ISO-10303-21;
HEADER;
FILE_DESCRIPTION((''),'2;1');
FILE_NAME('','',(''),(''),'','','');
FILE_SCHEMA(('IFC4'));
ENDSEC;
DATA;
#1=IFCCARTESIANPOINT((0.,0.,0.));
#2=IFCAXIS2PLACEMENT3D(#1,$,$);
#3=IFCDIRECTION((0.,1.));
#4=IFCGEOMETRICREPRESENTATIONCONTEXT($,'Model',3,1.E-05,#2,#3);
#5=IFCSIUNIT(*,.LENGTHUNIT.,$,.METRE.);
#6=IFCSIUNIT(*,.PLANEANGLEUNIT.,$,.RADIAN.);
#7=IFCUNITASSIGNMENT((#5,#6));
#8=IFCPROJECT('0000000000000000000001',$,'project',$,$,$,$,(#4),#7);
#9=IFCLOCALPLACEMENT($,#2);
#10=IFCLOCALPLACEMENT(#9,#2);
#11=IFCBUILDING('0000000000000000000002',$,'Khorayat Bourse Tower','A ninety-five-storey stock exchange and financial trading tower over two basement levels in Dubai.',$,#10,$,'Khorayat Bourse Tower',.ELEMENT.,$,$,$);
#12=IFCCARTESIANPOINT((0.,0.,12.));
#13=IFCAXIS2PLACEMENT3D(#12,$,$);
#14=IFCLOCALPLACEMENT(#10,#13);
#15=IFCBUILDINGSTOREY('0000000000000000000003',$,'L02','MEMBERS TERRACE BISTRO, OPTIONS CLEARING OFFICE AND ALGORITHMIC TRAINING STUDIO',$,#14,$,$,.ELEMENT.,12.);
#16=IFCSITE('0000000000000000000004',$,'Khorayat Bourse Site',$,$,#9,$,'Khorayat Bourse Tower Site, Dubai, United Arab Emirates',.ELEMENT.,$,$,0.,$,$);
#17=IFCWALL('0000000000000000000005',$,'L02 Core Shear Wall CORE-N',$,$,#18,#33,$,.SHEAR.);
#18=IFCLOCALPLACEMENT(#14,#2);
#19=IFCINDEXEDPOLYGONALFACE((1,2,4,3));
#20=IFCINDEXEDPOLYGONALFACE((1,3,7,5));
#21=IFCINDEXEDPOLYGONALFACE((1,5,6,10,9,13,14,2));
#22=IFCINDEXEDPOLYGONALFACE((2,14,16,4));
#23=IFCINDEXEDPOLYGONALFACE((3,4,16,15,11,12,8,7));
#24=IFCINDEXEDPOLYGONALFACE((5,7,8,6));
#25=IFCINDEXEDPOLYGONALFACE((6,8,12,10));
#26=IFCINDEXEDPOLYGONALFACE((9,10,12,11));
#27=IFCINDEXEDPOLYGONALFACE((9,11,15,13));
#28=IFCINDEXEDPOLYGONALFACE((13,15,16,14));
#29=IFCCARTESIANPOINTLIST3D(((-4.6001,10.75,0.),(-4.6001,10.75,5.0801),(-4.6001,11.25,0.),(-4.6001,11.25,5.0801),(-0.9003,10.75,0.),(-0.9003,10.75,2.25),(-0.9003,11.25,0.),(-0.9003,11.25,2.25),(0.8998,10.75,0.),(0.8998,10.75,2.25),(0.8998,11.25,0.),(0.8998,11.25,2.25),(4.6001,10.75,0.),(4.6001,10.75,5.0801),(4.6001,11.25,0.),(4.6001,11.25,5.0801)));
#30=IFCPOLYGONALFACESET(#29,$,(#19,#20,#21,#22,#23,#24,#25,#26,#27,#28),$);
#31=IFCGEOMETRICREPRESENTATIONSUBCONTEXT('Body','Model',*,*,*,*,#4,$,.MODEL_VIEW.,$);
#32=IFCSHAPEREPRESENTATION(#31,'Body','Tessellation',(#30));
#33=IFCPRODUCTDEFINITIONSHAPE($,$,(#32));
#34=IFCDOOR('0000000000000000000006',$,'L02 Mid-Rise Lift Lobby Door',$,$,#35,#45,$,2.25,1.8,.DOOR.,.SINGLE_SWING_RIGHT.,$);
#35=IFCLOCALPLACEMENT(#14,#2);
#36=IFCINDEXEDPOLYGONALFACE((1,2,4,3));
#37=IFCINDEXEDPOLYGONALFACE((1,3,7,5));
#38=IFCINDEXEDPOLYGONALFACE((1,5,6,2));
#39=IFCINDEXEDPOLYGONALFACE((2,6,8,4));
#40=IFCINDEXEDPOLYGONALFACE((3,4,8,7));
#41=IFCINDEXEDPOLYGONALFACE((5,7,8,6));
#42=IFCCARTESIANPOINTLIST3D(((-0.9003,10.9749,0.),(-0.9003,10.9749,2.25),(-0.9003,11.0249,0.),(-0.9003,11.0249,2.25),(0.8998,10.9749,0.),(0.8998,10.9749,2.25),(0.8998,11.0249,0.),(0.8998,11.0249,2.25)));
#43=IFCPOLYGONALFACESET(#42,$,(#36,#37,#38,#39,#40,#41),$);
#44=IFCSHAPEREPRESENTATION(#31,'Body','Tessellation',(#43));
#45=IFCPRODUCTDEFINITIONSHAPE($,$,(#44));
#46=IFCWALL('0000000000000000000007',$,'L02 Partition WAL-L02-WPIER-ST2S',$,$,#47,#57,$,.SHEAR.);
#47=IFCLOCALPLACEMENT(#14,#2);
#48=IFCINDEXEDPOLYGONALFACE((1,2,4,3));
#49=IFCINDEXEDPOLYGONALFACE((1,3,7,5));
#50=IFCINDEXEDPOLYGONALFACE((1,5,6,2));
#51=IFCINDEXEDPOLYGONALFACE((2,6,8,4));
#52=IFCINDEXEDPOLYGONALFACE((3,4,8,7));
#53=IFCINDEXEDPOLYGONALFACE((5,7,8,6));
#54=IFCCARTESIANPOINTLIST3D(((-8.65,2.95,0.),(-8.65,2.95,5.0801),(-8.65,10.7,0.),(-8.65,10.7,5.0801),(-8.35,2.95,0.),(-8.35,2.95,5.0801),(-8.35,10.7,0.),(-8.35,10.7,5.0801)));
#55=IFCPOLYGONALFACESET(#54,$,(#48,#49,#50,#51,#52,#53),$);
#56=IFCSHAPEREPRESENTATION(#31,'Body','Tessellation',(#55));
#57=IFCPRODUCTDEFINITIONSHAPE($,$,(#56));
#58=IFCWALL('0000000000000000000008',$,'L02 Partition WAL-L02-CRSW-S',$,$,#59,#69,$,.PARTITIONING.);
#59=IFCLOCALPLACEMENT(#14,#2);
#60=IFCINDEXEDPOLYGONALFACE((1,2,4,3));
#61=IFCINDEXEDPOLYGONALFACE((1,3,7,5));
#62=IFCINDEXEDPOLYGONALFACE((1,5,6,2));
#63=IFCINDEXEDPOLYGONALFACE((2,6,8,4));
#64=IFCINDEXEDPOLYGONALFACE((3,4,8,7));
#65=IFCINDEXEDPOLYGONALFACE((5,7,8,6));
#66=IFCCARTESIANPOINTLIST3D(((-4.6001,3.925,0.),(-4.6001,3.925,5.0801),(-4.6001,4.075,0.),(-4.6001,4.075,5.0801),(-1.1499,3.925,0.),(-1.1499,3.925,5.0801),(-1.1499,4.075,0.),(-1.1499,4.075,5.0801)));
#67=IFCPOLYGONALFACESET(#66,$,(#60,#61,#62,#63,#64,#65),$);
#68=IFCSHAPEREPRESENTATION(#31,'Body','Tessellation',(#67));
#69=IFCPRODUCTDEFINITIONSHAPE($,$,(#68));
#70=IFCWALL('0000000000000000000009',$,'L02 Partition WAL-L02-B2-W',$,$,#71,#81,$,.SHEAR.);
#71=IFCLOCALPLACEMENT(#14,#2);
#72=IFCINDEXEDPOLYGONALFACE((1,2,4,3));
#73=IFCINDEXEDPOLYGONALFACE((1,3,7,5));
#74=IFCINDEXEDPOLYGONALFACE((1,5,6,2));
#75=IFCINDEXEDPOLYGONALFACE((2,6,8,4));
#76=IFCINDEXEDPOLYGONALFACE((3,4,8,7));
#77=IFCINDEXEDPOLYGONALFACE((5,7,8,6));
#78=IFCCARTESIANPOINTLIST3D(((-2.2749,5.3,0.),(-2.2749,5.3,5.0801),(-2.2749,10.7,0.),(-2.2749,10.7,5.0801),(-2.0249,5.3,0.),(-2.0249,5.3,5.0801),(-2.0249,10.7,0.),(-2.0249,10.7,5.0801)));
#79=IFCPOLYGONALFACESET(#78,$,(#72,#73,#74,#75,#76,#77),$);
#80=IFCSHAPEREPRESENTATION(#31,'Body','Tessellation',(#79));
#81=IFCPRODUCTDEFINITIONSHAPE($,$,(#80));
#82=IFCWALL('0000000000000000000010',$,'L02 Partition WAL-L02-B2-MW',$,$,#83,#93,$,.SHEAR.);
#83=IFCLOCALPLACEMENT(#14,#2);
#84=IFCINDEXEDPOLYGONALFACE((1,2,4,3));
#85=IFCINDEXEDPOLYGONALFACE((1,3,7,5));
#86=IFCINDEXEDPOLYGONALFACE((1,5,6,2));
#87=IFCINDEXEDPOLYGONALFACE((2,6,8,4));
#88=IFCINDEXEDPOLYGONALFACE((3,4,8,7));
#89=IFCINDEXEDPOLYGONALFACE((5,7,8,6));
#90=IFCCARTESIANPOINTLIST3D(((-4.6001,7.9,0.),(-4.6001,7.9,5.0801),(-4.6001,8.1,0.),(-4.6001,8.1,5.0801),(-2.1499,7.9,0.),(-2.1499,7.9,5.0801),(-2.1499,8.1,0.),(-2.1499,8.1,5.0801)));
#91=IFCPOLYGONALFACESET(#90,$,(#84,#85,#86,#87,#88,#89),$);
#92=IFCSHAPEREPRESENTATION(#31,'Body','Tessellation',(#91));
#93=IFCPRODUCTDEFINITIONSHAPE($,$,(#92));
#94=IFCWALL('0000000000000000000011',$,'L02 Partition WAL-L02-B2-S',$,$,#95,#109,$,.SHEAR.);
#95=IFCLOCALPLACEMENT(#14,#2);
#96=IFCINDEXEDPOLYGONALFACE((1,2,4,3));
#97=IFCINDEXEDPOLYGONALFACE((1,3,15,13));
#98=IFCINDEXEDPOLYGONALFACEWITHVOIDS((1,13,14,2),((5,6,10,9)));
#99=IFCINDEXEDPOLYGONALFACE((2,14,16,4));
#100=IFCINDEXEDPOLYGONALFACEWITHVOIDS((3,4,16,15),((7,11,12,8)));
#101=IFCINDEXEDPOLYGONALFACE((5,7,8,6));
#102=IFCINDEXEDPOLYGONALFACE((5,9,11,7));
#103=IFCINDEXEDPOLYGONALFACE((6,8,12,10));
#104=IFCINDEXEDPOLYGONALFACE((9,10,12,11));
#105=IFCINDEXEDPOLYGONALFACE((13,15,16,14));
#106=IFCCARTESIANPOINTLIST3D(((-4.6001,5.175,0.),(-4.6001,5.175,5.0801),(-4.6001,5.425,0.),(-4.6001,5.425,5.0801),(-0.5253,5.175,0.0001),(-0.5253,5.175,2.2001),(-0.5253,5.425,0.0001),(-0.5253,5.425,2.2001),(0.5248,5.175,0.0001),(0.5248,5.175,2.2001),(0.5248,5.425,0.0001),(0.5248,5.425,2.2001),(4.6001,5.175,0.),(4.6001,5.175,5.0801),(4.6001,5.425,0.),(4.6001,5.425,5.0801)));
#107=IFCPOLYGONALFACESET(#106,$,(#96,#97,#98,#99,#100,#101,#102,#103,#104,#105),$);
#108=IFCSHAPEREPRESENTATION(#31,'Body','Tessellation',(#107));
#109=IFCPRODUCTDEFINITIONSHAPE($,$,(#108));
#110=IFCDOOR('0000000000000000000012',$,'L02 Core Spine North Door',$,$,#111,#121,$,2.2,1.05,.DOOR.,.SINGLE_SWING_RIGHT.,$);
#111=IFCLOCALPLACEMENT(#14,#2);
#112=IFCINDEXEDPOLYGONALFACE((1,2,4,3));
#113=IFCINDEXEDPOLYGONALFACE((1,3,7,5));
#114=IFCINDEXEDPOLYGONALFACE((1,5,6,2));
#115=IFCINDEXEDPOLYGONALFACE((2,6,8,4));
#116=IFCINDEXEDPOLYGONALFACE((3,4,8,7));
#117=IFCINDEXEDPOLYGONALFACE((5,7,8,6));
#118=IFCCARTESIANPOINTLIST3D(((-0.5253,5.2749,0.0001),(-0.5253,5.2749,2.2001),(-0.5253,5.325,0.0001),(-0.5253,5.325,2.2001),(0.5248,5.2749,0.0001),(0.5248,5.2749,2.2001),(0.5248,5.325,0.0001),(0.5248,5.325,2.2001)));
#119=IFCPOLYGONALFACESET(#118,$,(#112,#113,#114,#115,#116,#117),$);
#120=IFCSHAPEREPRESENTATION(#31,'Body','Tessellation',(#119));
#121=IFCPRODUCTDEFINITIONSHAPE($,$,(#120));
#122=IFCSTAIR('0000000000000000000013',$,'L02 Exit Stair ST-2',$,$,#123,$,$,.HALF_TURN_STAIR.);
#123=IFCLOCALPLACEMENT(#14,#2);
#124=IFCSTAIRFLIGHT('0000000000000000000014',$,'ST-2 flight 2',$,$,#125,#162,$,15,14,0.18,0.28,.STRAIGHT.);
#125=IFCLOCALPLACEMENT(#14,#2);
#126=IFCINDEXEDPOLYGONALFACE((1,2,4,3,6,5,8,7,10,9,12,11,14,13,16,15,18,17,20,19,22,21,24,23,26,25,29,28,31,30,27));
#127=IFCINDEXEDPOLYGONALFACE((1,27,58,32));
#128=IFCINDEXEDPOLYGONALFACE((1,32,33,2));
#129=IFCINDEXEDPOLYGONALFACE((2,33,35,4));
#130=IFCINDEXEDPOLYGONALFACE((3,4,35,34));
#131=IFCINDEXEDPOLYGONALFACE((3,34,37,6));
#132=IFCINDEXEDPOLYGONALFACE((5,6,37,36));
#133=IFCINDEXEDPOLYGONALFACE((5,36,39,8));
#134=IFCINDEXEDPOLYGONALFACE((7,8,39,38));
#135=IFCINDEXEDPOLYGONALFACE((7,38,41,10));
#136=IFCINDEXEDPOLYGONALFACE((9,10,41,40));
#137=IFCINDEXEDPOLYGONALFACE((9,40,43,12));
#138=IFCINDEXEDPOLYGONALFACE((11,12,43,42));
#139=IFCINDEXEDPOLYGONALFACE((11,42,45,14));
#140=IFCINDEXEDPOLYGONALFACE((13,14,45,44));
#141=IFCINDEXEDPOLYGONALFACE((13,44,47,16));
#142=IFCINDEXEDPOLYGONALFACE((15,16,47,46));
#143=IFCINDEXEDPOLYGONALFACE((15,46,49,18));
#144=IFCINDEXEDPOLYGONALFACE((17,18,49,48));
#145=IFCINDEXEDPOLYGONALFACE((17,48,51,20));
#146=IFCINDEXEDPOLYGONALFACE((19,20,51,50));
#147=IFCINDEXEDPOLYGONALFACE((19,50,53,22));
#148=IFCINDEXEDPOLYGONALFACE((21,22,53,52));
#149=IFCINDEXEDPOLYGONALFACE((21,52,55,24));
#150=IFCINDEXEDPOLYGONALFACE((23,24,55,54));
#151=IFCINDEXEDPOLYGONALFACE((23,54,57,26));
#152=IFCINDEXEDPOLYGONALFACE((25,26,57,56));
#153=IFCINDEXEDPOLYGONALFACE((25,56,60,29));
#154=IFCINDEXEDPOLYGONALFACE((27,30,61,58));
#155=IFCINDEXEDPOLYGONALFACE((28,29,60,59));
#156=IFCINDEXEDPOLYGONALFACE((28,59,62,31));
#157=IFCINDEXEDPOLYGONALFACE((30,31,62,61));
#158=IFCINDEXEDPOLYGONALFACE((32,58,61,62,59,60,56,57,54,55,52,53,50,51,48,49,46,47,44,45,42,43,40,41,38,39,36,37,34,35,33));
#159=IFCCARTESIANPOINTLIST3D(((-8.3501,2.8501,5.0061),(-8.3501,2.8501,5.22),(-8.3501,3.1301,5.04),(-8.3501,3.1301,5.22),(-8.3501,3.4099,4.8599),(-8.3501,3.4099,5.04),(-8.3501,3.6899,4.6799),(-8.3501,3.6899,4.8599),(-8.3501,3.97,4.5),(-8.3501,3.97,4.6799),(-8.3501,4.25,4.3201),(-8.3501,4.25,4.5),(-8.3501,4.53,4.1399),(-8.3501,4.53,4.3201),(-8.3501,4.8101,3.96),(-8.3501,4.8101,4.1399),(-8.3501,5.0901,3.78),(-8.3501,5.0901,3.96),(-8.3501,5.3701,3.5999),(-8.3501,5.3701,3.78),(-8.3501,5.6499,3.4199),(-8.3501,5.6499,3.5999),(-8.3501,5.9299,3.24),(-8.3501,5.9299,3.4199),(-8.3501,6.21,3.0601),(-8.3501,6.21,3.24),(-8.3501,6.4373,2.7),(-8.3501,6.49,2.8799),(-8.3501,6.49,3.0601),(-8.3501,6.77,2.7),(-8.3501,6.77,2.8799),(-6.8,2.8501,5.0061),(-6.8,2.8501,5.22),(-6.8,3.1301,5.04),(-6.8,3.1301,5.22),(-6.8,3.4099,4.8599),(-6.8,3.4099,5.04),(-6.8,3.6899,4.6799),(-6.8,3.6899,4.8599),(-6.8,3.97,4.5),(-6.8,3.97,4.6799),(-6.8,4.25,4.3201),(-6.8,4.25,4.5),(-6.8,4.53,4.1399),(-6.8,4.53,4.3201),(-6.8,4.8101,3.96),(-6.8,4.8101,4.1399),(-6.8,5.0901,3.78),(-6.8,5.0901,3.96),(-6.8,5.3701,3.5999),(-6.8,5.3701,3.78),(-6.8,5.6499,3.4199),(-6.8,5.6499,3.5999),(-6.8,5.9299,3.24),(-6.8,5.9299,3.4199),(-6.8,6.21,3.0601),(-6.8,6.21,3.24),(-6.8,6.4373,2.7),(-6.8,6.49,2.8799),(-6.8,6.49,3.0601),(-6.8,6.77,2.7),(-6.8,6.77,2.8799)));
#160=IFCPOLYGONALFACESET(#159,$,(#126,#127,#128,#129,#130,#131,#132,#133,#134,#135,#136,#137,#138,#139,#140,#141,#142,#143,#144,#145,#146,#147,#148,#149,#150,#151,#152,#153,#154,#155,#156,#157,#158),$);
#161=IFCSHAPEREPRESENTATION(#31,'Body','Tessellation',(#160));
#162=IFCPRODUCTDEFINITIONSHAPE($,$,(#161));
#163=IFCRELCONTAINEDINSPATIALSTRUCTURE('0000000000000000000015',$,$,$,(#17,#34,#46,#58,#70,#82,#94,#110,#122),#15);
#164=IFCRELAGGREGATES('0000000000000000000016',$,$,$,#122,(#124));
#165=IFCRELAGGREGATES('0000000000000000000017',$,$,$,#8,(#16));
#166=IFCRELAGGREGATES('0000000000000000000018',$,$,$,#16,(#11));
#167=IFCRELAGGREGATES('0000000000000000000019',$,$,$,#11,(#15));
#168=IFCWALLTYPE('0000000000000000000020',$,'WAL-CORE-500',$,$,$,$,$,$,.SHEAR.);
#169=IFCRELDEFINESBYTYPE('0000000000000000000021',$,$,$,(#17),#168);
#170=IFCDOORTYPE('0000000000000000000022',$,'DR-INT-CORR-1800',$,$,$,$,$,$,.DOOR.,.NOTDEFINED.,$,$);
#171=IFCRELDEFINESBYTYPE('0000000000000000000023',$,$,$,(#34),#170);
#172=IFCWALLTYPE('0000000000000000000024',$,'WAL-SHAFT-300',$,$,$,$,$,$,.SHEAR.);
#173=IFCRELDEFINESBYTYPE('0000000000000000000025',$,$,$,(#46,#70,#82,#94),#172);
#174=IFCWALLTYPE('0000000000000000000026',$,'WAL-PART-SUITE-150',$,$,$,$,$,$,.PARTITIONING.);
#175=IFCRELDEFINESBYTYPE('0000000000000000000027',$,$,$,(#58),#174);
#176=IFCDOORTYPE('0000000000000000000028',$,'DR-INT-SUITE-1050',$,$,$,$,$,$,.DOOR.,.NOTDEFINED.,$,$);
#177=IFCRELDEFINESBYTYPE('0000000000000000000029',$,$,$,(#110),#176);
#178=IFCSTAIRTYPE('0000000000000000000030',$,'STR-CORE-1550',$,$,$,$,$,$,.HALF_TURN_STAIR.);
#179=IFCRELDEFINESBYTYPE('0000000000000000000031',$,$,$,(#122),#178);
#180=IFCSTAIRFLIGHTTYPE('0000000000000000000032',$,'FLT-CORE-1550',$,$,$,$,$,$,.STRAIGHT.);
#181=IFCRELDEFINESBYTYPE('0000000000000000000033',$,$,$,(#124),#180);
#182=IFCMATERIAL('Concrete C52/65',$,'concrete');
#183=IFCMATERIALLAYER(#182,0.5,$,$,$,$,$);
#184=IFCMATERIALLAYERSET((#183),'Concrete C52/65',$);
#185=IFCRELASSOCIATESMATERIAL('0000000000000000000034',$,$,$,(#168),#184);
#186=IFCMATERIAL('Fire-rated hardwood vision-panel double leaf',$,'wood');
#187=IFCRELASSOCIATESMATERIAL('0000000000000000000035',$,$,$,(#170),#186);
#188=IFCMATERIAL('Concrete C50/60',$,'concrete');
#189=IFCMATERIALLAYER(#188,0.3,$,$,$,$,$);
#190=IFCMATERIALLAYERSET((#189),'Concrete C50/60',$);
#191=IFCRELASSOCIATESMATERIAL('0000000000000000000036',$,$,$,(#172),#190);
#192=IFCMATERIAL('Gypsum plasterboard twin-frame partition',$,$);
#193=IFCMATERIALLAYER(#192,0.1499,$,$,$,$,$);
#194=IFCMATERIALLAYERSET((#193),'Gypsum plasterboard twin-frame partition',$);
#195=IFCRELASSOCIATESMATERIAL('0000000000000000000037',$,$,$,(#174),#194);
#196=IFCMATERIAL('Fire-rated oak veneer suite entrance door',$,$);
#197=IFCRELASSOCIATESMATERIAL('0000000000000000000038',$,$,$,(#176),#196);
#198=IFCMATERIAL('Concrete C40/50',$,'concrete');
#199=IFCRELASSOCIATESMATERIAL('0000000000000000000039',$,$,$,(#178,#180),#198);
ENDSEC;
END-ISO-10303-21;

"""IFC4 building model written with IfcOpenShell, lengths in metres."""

from ifc_helpers import new_model, si_unit, direction, frame, frame_2d, origin, place, context, subcontext, project, spatial, polyline, rectangle, outline, extrude, source, transform, mapped, material, layer, layer_set, type_object, element, fill, aggregate, save


model = new_model("IFC4")

# Units and contexts
model_context = context("Model", 3, precision=1e-05, world=origin(), true_north=direction((0.0, 1.0)))
body_context = subcontext(model_context, "Body", "Model", "MODEL_VIEW")
ifc_project = project(units=[si_unit("LENGTHUNIT", "METRE"), si_unit("PLANEANGLEUNIT", "RADIAN")], contexts=[model_context])

# Site, building, storey
site_placement = place(None, origin())
site = spatial("IfcSite", under=ifc_project, at=site_placement, Name="Khorayat Bourse Site", LongName="Khorayat Bourse Tower Site, Dubai, United Arab Emirates", CompositionType="ELEMENT", RefElevation=0.0)
building_placement = place(site_placement, origin())
building = spatial("IfcBuilding", under=site, at=building_placement, Name="Khorayat Bourse Tower", Description="A ninety-five-storey stock exchange and financial trading tower over two basement levels in Dubai.", LongName="Khorayat Bourse Tower", CompositionType="ELEMENT")
storey_placement = place(building_placement, frame((0.0, 0.0, 12.0)))
storey = spatial("IfcBuildingStorey", under=building, at=storey_placement, Name="L02", Description="MEMBERS TERRACE BISTRO, OPTIONS CLEARING OFFICE AND ALGORITHMIC TRAINING STUDIO", CompositionType="ELEMENT", Elevation=12.0)

# Wall, opening, door
ifc_material_1 = material(Name="Concrete C52/65", Category="concrete")
ifc_layer_1 = layer(ifc_material_1, 0.5)
ifc_layer_set_1 = layer_set([ifc_layer_1], Name="Concrete C52/65")
wall_type_1 = type_object("IfcWallType", Name="WAL-CORE-500", PredefinedType="SHEAR", material=ifc_layer_set_1)
shared_shape_1 = source(origin(), body_context, "Body", "SweptSolid", [
    extrude(rectangle(XDim=9.2002, YDim=0.5, at=frame_2d((4.6001, 0.0))), origin(), (0.0, 0.0, 1.0), 5.0801),
])
wall_1_placement = place(storey_placement, frame((-4.6001, 11.0, 0.0), z_axis=(0.0, 0.0, 1.0), x_axis=(1.0, 0.0, 0.0)))
wall_1 = element("IfcWall", 1, at=wall_1_placement, inside=storey, type_object=wall_type_1, Name="L02 Core Shear Wall CORE-N", PredefinedType="SHEAR", context=body_context, shape_type="MappedRepresentation", body=[
    mapped(shared_shape_1, transform((0.0, 0.0, 0.0), scale=1.0)),
])
shared_shape_2 = source(origin(), body_context, "Body", "SweptSolid", [
    extrude(rectangle(XDim=1.8, YDim=2.25, at=frame_2d((0.8999, 1.125))), frame((0.0, 0.26, 0.0), z_axis=(0.0, -1.0, 0.0), x_axis=(1.0, 0.0, 0.0)), (0.0, 0.0, 1.0), 0.52),
])
opening_1_placement = place(wall_1_placement, frame((3.7, 0.0, 0.0)))
opening_1 = element("IfcOpeningElement", 2, at=opening_1_placement, cuts=wall_1, PredefinedType="OPENING", context=body_context, shape_type="MappedRepresentation", body=[
    mapped(shared_shape_2, transform((0.0, 0.0, 0.0), scale=1.0)),
])
ifc_material_2 = material(Name="Fire-rated hardwood vision-panel double leaf", Category="wood")
door_type_1 = type_object("IfcDoorType", Name="DR-INT-CORR-1800", OperationType="NOTDEFINED", PredefinedType="DOOR", material=ifc_material_2)
shared_shape_3 = source(origin(), body_context, "Body", "SweptSolid", [
    extrude(rectangle(XDim=1.8, YDim=2.25, at=frame_2d((0.8999, 1.125))), frame((0.0, 0.0249, 0.0), z_axis=(0.0, -1.0, 0.0), x_axis=(1.0, 0.0, 0.0)), (0.0, 0.0, 1.0), 0.05),
])
door_1_placement = place(opening_1_placement, origin())
door_1 = element("IfcDoor", 3, at=door_1_placement, inside=storey, type_object=door_type_1, Name="L02 Mid-Rise Lift Lobby Door", OperationType="SINGLE_SWING_RIGHT", OverallHeight=2.25, OverallWidth=1.8, PredefinedType="DOOR", context=body_context, shape_type="MappedRepresentation", body=[
    mapped(shared_shape_3, transform((0.0, 0.0, 0.0), scale=1.0)),
])
fill(opening_1, door_1)

# Walls
ifc_material_3 = material(Name="Concrete C50/60", Category="concrete")
ifc_layer_2 = layer(ifc_material_3, 0.3)
ifc_layer_set_2 = layer_set([ifc_layer_2], Name="Concrete C50/60")
wall_type_2 = type_object("IfcWallType", Name="WAL-SHAFT-300", PredefinedType="SHEAR", material=ifc_layer_set_2)
shared_shape_4 = source(origin(), body_context, "Body", "SweptSolid", [
    extrude(rectangle(XDim=7.75, YDim=0.3, at=frame_2d((3.875, 0.0))), origin(), (0.0, 0.0, 1.0), 5.0801),
])
wall_2_placement = place(storey_placement, frame((-8.5, 2.95, 0.0), z_axis=(0.0, 0.0, 1.0), x_axis=(0.0, 1.0, 0.0)))
element("IfcWall", 4, at=wall_2_placement, inside=storey, type_object=wall_type_2, Name="L02 Partition WAL-L02-WPIER-ST2S", PredefinedType="SHEAR", context=body_context, shape_type="MappedRepresentation", body=[
    mapped(shared_shape_4, transform((0.0, 0.0, 0.0), scale=1.0)),
])
ifc_material_4 = material(Name="Gypsum plasterboard twin-frame partition")
ifc_layer_3 = layer(ifc_material_4, 0.1499)
ifc_layer_set_3 = layer_set([ifc_layer_3], Name="Gypsum plasterboard twin-frame partition")
wall_type_3 = type_object("IfcWallType", Name="WAL-PART-SUITE-150", PredefinedType="PARTITIONING", material=ifc_layer_set_3)
shared_shape_5 = source(origin(), body_context, "Body", "SweptSolid", [
    extrude(rectangle(XDim=3.4502, YDim=0.1499, at=frame_2d((1.7251, 0.0))), origin(), (0.0, 0.0, 1.0), 5.0801),
])
wall_3_placement = place(storey_placement, frame((-4.6001, 4.0, 0.0), z_axis=(0.0, 0.0, 1.0), x_axis=(1.0, 0.0, 0.0)))
element("IfcWall", 5, at=wall_3_placement, inside=storey, type_object=wall_type_3, Name="L02 Partition WAL-L02-CRSW-S", PredefinedType="PARTITIONING", context=body_context, shape_type="MappedRepresentation", body=[
    mapped(shared_shape_5, transform((0.0, 0.0, 0.0), scale=1.0)),
])
shared_shape_6 = source(origin(), body_context, "Body", "SweptSolid", [
    extrude(rectangle(XDim=5.3999, YDim=0.25, at=frame_2d((2.7, 0.0))), origin(), (0.0, 0.0, 1.0), 5.0801),
])
wall_4_placement = place(storey_placement, frame((-2.1499, 5.3, 0.0), z_axis=(0.0, 0.0, 1.0), x_axis=(0.0, 1.0, 0.0)))
element("IfcWall", 6, at=wall_4_placement, inside=storey, type_object=wall_type_2, Name="L02 Partition WAL-L02-B2-W", PredefinedType="SHEAR", context=body_context, shape_type="MappedRepresentation", body=[
    mapped(shared_shape_6, transform((0.0, 0.0, 0.0), scale=1.0)),
])
shared_shape_7 = source(origin(), body_context, "Body", "SweptSolid", [
    extrude(rectangle(XDim=2.4502, YDim=0.2, at=frame_2d((1.2251, 0.0))), origin(), (0.0, 0.0, 1.0), 5.0801),
])
wall_5_placement = place(storey_placement, frame((-4.6001, 8.0, 0.0), z_axis=(0.0, 0.0, 1.0), x_axis=(1.0, 0.0, 0.0)))
element("IfcWall", 7, at=wall_5_placement, inside=storey, type_object=wall_type_2, Name="L02 Partition WAL-L02-B2-MW", PredefinedType="SHEAR", context=body_context, shape_type="MappedRepresentation", body=[
    mapped(shared_shape_7, transform((0.0, 0.0, 0.0), scale=1.0)),
])

# Wall, opening, door
shared_shape_8 = source(origin(), body_context, "Body", "SweptSolid", [
    extrude(rectangle(XDim=9.2002, YDim=0.25, at=frame_2d((4.6001, 0.0))), origin(), (0.0, 0.0, 1.0), 5.0801),
])
wall_6_placement = place(storey_placement, frame((-4.6001, 5.3, 0.0), z_axis=(0.0, 0.0, 1.0), x_axis=(1.0, 0.0, 0.0)))
wall_6 = element("IfcWall", 8, at=wall_6_placement, inside=storey, type_object=wall_type_2, Name="L02 Partition WAL-L02-B2-S", PredefinedType="SHEAR", context=body_context, shape_type="MappedRepresentation", body=[
    mapped(shared_shape_8, transform((0.0, 0.0, 0.0), scale=1.0)),
])
shared_shape_9 = source(origin(), body_context, "Body", "SweptSolid", [
    extrude(rectangle(XDim=1.05, YDim=2.2, at=frame_2d((0.5249, 1.1001))), frame((0.0, 0.135, 0.0), z_axis=(0.0, -1.0, 0.0), x_axis=(1.0, 0.0, 0.0)), (0.0, 0.0, 1.0), 0.27),
])
opening_2_placement = place(wall_6_placement, frame((4.075, 0.0, 0.0)))
opening_2 = element("IfcOpeningElement", 9, at=opening_2_placement, cuts=wall_6, PredefinedType="OPENING", context=body_context, shape_type="MappedRepresentation", body=[
    mapped(shared_shape_9, transform((0.0, 0.0, 0.0), scale=1.0)),
])
ifc_material_5 = material(Name="Fire-rated oak veneer suite entrance door")
door_type_2 = type_object("IfcDoorType", Name="DR-INT-SUITE-1050", OperationType="NOTDEFINED", PredefinedType="DOOR", material=ifc_material_5)
shared_shape_10 = source(origin(), body_context, "Body", "SweptSolid", [
    extrude(rectangle(XDim=1.05, YDim=2.2, at=frame_2d((0.5249, 1.1001))), frame((0.0, 0.0249, 0.0), z_axis=(0.0, -1.0, 0.0), x_axis=(1.0, 0.0, 0.0)), (0.0, 0.0, 1.0), 0.05),
])
door_2_placement = place(opening_2_placement, origin())
door_2 = element("IfcDoor", 10, at=door_2_placement, inside=storey, type_object=door_type_2, Name="L02 Core Spine North Door", OperationType="SINGLE_SWING_RIGHT", OverallHeight=2.2, OverallWidth=1.05, PredefinedType="DOOR", context=body_context, shape_type="MappedRepresentation", body=[
    mapped(shared_shape_10, transform((0.0, 0.0, 0.0), scale=1.0)),
])
fill(opening_2, door_2)

# Stair, stair flight
ifc_material_6 = material(Name="Concrete C40/50", Category="concrete")
stair_type = type_object("IfcStairType", Name="STR-CORE-1550", PredefinedType="HALF_TURN_STAIR", material=ifc_material_6)
stair_placement = place(storey_placement, origin())
stair = element("IfcStair", 11, at=stair_placement, inside=storey, type_object=stair_type, Name="L02 Exit Stair ST-2", PredefinedType="HALF_TURN_STAIR")
stair_flight_type = type_object("IfcStairFlightType", Name="FLT-CORE-1550", PredefinedType="STRAIGHT", material=ifc_material_6)
shared_shape_11 = source(origin(), body_context, "Body", "SweptSolid", [
    extrude(outline(polyline([(0.0, 0.0), (0.0, 0.1799), (0.28, 0.1799), (0.28, 0.3601), (0.5601, 0.3601), (0.5601, 0.54), (0.8401, 0.54), (0.8401, 0.72), (1.1201, 0.72), (1.1201, 0.8999), (1.3999, 0.8999), (1.3999, 1.0801), (1.6799, 1.0801), (1.6799, 1.26), (1.96, 1.26), (1.96, 1.4399), (2.24, 1.4399), (2.24, 1.6201), (2.52, 1.6201), (2.52, 1.8), (2.8, 1.8), (2.8, 1.98), (3.0801, 1.98), (3.0801, 2.1599), (3.3601, 2.1599), (3.3601, 2.3401), (3.6399, 2.3401), (3.6399, 2.52), (3.9199, 2.52), (3.9199, 2.7), (3.9199, 2.3062), (0.3328, 0.0), (0.0, 0.0)])), frame((0.0, 0.7749, 0.0), z_axis=(0.0, -1.0, 0.0), x_axis=(1.0, 0.0, 0.0)), (0.0, 0.0, 1.0), 1.55),
])
stair_flight_placement = place(storey_placement, frame((-7.575, 6.77, 2.7), z_axis=(0.0, 0.0, 1.0), x_axis=(0.0, -1.0, 0.0)))
stair_flight = element("IfcStairFlight", 12, at=stair_flight_placement, type_object=stair_flight_type, Name="ST-2 flight 2", NumberOfRisers=15, NumberOfTreads=14, PredefinedType="STRAIGHT", RiserHeight=0.18, TreadLength=0.28, context=body_context, shape_type="MappedRepresentation", body=[
    mapped(shared_shape_11, transform((0.0, 0.0, 0.0), scale=1.0)),
])
aggregate(stair, [stair_flight])

save(model, "model.ifc")
